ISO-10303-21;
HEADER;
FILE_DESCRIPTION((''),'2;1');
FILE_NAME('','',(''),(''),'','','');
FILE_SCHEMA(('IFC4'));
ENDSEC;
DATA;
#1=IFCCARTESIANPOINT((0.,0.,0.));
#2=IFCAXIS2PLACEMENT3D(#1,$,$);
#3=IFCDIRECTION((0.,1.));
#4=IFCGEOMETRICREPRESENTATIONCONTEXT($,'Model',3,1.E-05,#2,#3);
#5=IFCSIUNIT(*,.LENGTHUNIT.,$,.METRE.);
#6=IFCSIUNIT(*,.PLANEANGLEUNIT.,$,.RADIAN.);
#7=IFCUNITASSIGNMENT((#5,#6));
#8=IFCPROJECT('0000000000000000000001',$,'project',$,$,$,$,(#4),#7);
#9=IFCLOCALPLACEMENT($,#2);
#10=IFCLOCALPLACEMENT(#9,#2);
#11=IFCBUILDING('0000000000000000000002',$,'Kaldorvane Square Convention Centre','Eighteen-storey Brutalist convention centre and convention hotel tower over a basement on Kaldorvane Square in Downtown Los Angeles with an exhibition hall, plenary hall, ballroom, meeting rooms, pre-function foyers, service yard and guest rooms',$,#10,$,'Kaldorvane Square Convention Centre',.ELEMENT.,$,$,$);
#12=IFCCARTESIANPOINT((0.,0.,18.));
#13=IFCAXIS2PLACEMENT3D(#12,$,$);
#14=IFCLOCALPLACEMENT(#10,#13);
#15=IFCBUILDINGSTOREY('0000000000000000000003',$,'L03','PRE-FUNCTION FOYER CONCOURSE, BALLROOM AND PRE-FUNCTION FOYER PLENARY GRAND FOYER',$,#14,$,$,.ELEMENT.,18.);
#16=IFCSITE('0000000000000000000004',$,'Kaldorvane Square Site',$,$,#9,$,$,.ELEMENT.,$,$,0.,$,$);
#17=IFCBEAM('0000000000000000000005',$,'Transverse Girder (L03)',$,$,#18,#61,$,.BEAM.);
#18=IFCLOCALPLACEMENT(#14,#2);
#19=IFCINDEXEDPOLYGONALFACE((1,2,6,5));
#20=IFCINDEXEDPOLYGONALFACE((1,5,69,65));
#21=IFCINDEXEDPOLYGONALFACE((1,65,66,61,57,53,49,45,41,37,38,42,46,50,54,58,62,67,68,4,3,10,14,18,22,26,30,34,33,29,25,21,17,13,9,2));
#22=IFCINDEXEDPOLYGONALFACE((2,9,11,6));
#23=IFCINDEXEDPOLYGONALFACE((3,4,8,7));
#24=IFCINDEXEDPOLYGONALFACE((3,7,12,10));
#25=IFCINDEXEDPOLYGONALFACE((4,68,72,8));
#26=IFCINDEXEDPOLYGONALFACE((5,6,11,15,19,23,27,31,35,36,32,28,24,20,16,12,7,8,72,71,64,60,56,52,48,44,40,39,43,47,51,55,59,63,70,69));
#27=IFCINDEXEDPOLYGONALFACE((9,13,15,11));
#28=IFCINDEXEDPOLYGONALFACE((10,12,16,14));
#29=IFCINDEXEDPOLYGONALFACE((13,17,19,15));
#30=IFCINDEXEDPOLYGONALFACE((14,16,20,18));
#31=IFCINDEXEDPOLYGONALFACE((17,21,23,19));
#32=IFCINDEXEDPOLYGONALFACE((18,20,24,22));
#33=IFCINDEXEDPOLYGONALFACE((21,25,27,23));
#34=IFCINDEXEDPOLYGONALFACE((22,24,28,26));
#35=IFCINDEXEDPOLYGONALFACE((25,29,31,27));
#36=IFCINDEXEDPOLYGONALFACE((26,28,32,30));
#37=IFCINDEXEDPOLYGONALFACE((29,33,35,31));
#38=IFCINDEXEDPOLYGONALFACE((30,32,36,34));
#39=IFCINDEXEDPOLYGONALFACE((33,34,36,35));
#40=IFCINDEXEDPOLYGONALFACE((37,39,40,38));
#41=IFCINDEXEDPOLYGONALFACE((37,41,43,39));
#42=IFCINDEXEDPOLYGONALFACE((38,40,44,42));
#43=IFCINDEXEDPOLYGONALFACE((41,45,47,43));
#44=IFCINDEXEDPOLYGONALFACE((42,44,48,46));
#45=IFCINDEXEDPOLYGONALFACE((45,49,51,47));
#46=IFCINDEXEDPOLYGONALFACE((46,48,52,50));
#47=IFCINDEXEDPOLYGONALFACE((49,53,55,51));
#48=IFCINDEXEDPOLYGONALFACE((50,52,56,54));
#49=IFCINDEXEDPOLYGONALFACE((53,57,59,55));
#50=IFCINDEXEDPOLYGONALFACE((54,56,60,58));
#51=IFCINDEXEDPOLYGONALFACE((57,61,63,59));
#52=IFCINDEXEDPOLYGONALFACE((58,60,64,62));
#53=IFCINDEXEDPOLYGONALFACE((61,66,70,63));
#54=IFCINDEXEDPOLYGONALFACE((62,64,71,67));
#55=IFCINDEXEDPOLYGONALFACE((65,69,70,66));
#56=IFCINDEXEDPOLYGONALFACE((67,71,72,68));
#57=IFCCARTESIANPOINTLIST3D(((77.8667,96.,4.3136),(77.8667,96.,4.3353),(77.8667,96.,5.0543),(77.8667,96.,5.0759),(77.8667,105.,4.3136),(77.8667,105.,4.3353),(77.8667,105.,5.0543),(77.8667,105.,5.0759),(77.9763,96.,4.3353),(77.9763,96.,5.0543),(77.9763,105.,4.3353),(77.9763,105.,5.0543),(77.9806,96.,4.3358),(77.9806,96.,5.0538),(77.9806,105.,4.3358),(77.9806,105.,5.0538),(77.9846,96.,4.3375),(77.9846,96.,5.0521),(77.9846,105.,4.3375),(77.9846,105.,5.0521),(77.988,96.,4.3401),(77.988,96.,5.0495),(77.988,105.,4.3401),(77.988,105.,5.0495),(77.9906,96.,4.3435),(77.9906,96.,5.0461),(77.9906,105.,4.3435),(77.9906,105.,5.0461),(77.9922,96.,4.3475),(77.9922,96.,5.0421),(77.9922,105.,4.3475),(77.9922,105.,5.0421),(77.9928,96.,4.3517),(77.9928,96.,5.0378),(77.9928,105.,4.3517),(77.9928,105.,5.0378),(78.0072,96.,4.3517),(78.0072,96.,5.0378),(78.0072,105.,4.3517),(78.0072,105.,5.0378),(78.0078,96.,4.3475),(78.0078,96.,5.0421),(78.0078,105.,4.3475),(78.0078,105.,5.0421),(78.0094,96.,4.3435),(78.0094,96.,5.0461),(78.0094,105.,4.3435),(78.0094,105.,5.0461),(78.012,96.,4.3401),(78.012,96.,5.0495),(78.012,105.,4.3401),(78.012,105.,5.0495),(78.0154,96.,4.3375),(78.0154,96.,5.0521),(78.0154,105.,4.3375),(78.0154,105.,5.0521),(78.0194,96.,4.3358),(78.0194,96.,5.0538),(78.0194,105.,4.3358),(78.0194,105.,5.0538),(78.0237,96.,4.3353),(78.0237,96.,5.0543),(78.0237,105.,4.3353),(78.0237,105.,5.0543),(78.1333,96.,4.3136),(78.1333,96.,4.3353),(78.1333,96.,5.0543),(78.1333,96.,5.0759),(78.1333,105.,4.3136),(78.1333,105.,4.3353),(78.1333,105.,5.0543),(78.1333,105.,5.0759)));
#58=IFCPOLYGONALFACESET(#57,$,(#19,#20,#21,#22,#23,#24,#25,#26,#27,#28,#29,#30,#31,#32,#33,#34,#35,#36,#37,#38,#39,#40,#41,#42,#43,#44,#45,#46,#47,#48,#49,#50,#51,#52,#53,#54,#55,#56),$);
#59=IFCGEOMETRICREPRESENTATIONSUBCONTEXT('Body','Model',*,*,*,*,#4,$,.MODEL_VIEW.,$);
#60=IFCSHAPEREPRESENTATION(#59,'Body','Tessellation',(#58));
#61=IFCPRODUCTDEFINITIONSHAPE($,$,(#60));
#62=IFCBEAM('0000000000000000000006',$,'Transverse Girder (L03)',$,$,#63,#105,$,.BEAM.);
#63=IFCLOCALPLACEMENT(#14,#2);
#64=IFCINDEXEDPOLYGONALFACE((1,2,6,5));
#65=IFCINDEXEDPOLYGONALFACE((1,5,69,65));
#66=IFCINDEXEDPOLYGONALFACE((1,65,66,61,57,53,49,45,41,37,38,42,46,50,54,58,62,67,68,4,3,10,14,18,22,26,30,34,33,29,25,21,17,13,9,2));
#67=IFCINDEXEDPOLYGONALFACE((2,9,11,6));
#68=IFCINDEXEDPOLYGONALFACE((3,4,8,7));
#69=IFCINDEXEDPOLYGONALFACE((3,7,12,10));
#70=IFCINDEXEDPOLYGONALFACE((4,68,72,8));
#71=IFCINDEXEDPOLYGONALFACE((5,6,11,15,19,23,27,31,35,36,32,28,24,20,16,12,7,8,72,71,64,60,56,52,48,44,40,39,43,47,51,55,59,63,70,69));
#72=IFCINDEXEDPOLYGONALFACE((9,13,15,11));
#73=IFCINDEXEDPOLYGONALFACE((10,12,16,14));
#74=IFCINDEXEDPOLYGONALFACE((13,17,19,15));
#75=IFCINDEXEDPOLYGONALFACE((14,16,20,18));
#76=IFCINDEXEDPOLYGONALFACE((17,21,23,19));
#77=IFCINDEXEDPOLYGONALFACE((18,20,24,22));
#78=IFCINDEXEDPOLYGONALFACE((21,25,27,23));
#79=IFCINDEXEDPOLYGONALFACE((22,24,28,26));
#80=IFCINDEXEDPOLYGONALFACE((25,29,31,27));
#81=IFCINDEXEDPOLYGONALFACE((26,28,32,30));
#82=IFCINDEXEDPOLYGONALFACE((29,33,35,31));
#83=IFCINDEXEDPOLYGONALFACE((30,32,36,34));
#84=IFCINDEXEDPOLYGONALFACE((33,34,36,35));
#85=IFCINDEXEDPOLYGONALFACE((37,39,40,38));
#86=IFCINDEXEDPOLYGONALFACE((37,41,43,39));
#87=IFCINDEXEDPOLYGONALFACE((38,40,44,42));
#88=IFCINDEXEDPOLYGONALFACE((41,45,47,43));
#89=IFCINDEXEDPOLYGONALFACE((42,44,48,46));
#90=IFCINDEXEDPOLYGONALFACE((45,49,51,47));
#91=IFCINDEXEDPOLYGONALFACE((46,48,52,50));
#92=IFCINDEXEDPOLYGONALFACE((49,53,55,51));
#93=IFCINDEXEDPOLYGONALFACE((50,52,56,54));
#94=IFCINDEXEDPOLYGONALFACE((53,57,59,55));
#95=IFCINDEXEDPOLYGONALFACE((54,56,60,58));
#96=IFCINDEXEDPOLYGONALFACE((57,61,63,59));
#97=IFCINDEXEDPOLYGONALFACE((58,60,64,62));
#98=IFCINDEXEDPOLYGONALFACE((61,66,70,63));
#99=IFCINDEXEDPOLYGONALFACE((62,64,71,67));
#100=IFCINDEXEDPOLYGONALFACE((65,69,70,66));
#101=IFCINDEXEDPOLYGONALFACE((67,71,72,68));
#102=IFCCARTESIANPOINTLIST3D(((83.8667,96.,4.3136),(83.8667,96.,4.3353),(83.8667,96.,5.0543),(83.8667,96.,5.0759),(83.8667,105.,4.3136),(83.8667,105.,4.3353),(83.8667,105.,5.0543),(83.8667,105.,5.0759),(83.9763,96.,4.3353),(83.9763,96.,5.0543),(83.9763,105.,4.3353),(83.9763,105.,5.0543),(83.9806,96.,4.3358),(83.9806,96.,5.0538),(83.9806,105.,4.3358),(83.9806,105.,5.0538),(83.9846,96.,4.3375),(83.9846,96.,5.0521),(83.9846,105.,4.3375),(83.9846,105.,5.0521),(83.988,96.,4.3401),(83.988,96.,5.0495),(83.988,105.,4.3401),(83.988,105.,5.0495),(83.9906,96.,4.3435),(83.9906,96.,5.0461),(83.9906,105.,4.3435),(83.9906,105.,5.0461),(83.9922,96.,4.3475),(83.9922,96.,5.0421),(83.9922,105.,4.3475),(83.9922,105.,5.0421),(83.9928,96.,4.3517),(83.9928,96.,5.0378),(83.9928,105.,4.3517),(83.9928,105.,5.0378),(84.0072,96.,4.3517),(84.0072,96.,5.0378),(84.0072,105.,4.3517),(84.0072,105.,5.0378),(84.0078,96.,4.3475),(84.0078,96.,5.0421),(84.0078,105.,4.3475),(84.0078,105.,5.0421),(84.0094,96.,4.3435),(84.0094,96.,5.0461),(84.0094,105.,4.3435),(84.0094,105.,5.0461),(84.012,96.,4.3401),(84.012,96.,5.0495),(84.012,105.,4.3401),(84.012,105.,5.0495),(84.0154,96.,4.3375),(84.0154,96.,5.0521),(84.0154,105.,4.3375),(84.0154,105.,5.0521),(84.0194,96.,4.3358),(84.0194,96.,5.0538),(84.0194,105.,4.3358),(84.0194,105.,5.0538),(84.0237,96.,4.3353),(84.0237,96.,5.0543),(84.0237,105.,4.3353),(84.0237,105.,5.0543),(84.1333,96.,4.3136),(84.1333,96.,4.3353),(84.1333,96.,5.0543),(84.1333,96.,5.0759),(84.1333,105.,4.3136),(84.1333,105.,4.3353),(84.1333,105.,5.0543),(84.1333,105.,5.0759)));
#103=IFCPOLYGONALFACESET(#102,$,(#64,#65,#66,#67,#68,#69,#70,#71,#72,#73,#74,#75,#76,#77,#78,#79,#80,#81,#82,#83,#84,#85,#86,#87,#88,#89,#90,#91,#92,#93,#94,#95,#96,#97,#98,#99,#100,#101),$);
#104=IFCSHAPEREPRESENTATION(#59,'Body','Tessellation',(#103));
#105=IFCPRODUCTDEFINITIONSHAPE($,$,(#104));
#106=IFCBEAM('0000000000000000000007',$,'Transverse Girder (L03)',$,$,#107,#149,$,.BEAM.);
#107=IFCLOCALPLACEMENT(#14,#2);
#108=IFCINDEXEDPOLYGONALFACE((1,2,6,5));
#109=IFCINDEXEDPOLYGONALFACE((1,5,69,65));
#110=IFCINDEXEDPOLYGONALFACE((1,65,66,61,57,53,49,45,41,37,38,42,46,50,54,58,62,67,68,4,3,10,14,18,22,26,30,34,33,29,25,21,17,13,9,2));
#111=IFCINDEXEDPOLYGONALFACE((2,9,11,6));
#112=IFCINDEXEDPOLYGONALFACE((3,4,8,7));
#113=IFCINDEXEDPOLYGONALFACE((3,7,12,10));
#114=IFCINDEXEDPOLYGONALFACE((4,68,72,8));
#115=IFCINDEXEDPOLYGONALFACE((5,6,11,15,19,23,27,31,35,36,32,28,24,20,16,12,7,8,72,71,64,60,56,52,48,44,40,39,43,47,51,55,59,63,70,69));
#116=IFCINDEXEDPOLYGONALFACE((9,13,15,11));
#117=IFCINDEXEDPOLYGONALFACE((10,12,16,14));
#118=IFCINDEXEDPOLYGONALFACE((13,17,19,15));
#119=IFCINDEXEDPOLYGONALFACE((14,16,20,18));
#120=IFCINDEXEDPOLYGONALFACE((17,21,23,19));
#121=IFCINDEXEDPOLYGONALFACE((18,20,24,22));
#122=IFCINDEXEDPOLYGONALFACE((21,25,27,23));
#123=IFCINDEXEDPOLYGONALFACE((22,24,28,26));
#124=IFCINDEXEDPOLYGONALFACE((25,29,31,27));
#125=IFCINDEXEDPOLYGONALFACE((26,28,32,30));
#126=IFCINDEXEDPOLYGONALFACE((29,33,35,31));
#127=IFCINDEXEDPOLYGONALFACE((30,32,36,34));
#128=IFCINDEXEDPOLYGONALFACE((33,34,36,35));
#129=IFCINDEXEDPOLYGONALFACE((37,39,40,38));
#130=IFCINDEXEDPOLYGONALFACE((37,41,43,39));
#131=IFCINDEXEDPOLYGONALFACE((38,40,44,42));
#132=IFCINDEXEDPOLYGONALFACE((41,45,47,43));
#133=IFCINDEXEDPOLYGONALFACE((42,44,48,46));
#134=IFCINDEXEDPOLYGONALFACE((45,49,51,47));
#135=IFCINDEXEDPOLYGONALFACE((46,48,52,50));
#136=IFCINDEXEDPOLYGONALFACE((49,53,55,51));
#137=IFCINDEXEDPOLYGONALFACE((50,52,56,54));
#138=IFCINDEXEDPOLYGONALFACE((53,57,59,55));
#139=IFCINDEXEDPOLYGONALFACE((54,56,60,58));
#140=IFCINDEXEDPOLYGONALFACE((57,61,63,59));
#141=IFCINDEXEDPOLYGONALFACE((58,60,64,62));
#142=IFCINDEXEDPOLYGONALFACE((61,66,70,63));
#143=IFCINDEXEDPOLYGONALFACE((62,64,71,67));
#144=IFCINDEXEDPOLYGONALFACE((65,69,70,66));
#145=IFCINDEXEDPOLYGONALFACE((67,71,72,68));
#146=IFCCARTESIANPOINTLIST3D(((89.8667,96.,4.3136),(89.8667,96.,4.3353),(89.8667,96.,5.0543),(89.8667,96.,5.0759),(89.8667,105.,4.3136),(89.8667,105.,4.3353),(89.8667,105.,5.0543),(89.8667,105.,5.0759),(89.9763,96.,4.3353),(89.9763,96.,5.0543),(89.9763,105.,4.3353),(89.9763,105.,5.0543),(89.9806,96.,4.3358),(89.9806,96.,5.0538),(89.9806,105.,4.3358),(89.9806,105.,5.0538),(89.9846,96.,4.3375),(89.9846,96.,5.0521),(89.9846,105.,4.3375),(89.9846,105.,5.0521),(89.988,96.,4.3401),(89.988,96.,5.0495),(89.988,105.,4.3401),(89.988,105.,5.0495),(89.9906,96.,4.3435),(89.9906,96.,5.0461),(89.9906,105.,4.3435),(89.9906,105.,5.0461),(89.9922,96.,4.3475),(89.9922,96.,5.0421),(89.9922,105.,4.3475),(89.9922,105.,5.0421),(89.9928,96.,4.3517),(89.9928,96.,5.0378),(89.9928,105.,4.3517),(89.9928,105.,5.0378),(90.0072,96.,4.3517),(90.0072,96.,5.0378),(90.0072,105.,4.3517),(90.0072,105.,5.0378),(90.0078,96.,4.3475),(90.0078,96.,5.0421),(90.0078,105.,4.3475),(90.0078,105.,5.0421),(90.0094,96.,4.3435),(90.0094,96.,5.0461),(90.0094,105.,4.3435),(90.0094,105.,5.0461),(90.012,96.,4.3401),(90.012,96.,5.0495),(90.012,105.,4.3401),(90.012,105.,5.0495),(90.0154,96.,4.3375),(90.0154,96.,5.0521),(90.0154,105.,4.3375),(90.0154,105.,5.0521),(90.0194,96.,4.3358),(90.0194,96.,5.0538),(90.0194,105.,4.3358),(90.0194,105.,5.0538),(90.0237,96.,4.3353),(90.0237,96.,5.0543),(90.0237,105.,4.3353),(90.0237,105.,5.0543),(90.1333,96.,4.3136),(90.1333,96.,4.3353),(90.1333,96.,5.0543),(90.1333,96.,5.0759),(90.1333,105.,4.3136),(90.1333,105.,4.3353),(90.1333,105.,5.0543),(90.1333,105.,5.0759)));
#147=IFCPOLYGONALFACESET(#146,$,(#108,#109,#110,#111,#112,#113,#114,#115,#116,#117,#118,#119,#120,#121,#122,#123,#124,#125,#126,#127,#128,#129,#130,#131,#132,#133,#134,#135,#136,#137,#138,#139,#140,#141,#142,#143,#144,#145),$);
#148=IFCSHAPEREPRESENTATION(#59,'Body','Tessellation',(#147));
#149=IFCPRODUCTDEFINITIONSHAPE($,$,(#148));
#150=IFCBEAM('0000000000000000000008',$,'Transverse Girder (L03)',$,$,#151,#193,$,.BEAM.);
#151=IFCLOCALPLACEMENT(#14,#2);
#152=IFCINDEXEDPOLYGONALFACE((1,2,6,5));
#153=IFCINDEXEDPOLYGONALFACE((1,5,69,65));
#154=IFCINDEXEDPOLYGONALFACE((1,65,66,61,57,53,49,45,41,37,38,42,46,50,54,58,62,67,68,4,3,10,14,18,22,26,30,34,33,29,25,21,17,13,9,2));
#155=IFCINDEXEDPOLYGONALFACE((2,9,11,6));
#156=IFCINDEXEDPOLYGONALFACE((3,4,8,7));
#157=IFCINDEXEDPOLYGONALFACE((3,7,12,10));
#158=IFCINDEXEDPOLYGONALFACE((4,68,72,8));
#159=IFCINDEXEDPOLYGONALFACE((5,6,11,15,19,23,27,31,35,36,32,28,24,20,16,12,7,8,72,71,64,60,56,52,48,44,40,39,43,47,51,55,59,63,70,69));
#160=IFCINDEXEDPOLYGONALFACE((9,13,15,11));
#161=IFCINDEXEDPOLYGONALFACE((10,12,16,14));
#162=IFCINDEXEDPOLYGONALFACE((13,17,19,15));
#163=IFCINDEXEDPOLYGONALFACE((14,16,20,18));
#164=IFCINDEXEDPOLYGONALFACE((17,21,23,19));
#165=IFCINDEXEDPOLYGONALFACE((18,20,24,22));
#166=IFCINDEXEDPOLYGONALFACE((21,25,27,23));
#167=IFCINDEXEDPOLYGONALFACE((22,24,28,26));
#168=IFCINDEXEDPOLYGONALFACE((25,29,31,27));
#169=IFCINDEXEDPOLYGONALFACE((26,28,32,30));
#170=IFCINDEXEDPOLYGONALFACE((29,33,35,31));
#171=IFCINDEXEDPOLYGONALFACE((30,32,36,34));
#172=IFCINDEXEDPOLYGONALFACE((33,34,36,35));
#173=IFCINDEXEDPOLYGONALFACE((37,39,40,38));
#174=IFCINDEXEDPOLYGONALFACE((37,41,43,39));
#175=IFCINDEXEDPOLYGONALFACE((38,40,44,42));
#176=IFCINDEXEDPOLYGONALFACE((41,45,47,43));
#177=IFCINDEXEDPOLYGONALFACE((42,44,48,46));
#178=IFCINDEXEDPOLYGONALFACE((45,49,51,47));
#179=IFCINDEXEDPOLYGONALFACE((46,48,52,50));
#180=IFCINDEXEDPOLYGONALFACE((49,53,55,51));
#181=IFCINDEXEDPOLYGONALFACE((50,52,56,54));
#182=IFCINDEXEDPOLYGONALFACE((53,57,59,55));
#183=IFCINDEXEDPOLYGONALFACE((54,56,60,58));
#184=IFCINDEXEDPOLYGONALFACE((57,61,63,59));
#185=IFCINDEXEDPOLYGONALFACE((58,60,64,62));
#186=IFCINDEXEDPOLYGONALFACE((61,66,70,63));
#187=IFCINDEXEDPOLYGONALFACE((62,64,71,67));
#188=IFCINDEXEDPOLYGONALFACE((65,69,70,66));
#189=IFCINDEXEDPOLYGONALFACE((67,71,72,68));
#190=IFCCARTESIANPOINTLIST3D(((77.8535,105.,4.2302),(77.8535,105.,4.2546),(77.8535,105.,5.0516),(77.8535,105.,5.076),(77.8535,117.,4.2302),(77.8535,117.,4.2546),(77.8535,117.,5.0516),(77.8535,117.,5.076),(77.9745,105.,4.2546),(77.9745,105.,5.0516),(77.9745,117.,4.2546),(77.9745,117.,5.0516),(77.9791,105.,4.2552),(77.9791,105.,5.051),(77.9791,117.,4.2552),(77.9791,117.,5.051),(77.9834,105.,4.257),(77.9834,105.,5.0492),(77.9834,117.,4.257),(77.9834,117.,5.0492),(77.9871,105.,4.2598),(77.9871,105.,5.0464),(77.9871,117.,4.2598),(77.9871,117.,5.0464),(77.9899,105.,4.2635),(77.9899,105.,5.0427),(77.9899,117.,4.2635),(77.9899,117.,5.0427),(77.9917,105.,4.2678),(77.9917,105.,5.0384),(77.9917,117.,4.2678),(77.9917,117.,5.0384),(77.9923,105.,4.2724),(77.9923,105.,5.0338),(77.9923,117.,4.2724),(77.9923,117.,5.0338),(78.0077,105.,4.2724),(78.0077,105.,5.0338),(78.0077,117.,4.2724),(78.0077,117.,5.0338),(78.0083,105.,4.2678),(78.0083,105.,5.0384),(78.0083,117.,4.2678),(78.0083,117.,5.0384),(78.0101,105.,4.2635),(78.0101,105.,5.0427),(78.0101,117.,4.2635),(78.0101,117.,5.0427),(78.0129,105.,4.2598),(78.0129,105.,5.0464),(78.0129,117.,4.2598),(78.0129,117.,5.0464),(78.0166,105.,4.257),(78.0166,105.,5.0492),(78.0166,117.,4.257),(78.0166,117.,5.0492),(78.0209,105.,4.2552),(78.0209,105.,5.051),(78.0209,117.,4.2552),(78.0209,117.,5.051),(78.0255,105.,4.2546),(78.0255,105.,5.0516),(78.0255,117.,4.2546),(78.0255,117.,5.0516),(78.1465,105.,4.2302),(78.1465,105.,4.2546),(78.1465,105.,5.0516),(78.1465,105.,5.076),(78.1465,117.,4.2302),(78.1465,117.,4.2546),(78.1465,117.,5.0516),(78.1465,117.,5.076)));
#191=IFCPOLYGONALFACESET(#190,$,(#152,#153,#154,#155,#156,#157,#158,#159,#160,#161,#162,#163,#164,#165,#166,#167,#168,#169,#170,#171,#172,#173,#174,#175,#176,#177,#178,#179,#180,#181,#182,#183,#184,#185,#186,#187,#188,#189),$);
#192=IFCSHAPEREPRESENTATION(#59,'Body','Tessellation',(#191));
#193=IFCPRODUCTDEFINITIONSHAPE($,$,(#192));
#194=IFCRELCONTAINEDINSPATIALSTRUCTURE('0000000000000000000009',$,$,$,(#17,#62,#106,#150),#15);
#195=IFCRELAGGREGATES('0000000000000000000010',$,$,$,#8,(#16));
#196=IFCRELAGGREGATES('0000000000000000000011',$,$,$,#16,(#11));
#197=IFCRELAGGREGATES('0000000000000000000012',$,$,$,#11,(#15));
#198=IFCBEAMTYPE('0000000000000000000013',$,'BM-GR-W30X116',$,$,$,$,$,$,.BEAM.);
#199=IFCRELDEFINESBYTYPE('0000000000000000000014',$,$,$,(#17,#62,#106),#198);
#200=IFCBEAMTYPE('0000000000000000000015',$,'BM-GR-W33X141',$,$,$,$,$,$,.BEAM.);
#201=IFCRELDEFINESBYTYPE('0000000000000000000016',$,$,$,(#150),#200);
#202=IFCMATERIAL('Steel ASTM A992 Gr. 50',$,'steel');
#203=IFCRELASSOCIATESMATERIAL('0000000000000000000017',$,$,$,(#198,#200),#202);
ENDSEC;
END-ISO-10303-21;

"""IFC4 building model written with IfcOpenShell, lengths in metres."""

from ifc_helpers import new_model, si_unit, direction, frame, origin, origin_2d, place, context, subcontext, project, spatial, i_section, extrude, material, material_profile, profile_set, type_object, element, save


model = new_model("IFC4")

# Units and contexts
model_context = context("Model", 3, precision=1e-05, world=origin(), true_north=direction((0.0, 1.0)))
body_context = subcontext(model_context, "Body", "Model", "MODEL_VIEW")
ifc_project = project(units=[si_unit("LENGTHUNIT", "METRE"), si_unit("PLANEANGLEUNIT", "RADIAN")], contexts=[model_context])

# Site, building, storey
site_placement = place(None, origin())
site = spatial("IfcSite", under=ifc_project, at=site_placement, Name="Kaldorvane Square Site", CompositionType="ELEMENT", RefElevation=0.0)
building_placement = place(site_placement, origin())
building = spatial("IfcBuilding", under=site, at=building_placement, Name="Kaldorvane Square Convention Centre", Description="Eighteen-storey Brutalist convention centre and convention hotel tower over a basement on Kaldorvane Square in Downtown Los Angeles with an exhibition hall, plenary hall, ballroom, meeting rooms, pre-function foyers, service yard and guest rooms", LongName="Kaldorvane Square Convention Centre", CompositionType="ELEMENT")
storey_placement = place(building_placement, frame((0.0, 0.0, 18.0)))
storey = spatial("IfcBuildingStorey", under=building, at=storey_placement, Name="L03", Description="PRE-FUNCTION FOYER CONCOURSE, BALLROOM AND PRE-FUNCTION FOYER PLENARY GRAND FOYER", CompositionType="ELEMENT", Elevation=18.0)

# Shared definitions
ifc_material_1 = material(Name="Steel ASTM A992 Gr. 50", Category="steel")

# Beams
ifc_material_profile_1 = material_profile(ifc_material_1, i_section(OverallWidth=0.2666, OverallDepth=0.7623, WebThickness=0.0144, FlangeThickness=0.0216, FilletRadius=0.0165, at=origin_2d()), Name="W30X116")
ifc_profile_set_1 = profile_set([ifc_material_profile_1], Name="Steel ASTM A992 Gr. 50")
beam_type_1 = type_object("IfcBeamType", Name="BM-GR-W30X116", PredefinedType="BEAM", material=ifc_profile_set_1)
for number, where, z_axis, x_axis, name in (
    (1, (78.0, 96.0, 4.6948), (0.0, 1.0, 0.0), (-1.0, 0.0, 0.0), "Transverse Girder (L03)"),
    (2, (84.0, 96.0, 4.6948), (0.0, 1.0, 0.0), (-1.0, 0.0, 0.0), "Transverse Girder (L03)"),
    (3, (90.0, 96.0, 4.6948), (0.0, 1.0, 0.0), (-1.0, 0.0, 0.0), "Transverse Girder (L03)"),
):
    element("IfcBeam", number, at=place(storey_placement, frame(where, z_axis=z_axis, x_axis=x_axis)), inside=storey, type_object=beam_type_1, Name=name, PredefinedType="BEAM", context=body_context, shape_type="SweptSolid", body=[
        extrude(i_section(OverallWidth=0.2666, OverallDepth=0.7623, WebThickness=0.0144, FlangeThickness=0.0216, FilletRadius=0.0165, at=origin_2d()), origin(), (0.0, 0.0, 1.0), 9.0),
    ])
ifc_material_profile_2 = material_profile(ifc_material_1, i_section(OverallWidth=0.293, OverallDepth=0.8458, WebThickness=0.0154, FlangeThickness=0.0244, FilletRadius=0.0178, at=origin_2d()), Name="W33X141")
ifc_profile_set_2 = profile_set([ifc_material_profile_2], Name="Steel ASTM A992 Gr. 50")
beam_type_2 = type_object("IfcBeamType", Name="BM-GR-W33X141", PredefinedType="BEAM", material=ifc_profile_set_2)
for number, where, z_axis, x_axis, name in (
    (4, (78.0, 105.0, 4.6531), (0.0, 1.0, 0.0), (-1.0, 0.0, 0.0), "Transverse Girder (L03)"),
):
    element("IfcBeam", number, at=place(storey_placement, frame(where, z_axis=z_axis, x_axis=x_axis)), inside=storey, type_object=beam_type_2, Name=name, PredefinedType="BEAM", context=body_context, shape_type="SweptSolid", body=[
        extrude(i_section(OverallWidth=0.293, OverallDepth=0.8458, WebThickness=0.0154, FlangeThickness=0.0244, FilletRadius=0.0178, at=origin_2d()), origin(), (0.0, 0.0, 1.0), 12.0),
    ])

save(model, "model.ifc")
